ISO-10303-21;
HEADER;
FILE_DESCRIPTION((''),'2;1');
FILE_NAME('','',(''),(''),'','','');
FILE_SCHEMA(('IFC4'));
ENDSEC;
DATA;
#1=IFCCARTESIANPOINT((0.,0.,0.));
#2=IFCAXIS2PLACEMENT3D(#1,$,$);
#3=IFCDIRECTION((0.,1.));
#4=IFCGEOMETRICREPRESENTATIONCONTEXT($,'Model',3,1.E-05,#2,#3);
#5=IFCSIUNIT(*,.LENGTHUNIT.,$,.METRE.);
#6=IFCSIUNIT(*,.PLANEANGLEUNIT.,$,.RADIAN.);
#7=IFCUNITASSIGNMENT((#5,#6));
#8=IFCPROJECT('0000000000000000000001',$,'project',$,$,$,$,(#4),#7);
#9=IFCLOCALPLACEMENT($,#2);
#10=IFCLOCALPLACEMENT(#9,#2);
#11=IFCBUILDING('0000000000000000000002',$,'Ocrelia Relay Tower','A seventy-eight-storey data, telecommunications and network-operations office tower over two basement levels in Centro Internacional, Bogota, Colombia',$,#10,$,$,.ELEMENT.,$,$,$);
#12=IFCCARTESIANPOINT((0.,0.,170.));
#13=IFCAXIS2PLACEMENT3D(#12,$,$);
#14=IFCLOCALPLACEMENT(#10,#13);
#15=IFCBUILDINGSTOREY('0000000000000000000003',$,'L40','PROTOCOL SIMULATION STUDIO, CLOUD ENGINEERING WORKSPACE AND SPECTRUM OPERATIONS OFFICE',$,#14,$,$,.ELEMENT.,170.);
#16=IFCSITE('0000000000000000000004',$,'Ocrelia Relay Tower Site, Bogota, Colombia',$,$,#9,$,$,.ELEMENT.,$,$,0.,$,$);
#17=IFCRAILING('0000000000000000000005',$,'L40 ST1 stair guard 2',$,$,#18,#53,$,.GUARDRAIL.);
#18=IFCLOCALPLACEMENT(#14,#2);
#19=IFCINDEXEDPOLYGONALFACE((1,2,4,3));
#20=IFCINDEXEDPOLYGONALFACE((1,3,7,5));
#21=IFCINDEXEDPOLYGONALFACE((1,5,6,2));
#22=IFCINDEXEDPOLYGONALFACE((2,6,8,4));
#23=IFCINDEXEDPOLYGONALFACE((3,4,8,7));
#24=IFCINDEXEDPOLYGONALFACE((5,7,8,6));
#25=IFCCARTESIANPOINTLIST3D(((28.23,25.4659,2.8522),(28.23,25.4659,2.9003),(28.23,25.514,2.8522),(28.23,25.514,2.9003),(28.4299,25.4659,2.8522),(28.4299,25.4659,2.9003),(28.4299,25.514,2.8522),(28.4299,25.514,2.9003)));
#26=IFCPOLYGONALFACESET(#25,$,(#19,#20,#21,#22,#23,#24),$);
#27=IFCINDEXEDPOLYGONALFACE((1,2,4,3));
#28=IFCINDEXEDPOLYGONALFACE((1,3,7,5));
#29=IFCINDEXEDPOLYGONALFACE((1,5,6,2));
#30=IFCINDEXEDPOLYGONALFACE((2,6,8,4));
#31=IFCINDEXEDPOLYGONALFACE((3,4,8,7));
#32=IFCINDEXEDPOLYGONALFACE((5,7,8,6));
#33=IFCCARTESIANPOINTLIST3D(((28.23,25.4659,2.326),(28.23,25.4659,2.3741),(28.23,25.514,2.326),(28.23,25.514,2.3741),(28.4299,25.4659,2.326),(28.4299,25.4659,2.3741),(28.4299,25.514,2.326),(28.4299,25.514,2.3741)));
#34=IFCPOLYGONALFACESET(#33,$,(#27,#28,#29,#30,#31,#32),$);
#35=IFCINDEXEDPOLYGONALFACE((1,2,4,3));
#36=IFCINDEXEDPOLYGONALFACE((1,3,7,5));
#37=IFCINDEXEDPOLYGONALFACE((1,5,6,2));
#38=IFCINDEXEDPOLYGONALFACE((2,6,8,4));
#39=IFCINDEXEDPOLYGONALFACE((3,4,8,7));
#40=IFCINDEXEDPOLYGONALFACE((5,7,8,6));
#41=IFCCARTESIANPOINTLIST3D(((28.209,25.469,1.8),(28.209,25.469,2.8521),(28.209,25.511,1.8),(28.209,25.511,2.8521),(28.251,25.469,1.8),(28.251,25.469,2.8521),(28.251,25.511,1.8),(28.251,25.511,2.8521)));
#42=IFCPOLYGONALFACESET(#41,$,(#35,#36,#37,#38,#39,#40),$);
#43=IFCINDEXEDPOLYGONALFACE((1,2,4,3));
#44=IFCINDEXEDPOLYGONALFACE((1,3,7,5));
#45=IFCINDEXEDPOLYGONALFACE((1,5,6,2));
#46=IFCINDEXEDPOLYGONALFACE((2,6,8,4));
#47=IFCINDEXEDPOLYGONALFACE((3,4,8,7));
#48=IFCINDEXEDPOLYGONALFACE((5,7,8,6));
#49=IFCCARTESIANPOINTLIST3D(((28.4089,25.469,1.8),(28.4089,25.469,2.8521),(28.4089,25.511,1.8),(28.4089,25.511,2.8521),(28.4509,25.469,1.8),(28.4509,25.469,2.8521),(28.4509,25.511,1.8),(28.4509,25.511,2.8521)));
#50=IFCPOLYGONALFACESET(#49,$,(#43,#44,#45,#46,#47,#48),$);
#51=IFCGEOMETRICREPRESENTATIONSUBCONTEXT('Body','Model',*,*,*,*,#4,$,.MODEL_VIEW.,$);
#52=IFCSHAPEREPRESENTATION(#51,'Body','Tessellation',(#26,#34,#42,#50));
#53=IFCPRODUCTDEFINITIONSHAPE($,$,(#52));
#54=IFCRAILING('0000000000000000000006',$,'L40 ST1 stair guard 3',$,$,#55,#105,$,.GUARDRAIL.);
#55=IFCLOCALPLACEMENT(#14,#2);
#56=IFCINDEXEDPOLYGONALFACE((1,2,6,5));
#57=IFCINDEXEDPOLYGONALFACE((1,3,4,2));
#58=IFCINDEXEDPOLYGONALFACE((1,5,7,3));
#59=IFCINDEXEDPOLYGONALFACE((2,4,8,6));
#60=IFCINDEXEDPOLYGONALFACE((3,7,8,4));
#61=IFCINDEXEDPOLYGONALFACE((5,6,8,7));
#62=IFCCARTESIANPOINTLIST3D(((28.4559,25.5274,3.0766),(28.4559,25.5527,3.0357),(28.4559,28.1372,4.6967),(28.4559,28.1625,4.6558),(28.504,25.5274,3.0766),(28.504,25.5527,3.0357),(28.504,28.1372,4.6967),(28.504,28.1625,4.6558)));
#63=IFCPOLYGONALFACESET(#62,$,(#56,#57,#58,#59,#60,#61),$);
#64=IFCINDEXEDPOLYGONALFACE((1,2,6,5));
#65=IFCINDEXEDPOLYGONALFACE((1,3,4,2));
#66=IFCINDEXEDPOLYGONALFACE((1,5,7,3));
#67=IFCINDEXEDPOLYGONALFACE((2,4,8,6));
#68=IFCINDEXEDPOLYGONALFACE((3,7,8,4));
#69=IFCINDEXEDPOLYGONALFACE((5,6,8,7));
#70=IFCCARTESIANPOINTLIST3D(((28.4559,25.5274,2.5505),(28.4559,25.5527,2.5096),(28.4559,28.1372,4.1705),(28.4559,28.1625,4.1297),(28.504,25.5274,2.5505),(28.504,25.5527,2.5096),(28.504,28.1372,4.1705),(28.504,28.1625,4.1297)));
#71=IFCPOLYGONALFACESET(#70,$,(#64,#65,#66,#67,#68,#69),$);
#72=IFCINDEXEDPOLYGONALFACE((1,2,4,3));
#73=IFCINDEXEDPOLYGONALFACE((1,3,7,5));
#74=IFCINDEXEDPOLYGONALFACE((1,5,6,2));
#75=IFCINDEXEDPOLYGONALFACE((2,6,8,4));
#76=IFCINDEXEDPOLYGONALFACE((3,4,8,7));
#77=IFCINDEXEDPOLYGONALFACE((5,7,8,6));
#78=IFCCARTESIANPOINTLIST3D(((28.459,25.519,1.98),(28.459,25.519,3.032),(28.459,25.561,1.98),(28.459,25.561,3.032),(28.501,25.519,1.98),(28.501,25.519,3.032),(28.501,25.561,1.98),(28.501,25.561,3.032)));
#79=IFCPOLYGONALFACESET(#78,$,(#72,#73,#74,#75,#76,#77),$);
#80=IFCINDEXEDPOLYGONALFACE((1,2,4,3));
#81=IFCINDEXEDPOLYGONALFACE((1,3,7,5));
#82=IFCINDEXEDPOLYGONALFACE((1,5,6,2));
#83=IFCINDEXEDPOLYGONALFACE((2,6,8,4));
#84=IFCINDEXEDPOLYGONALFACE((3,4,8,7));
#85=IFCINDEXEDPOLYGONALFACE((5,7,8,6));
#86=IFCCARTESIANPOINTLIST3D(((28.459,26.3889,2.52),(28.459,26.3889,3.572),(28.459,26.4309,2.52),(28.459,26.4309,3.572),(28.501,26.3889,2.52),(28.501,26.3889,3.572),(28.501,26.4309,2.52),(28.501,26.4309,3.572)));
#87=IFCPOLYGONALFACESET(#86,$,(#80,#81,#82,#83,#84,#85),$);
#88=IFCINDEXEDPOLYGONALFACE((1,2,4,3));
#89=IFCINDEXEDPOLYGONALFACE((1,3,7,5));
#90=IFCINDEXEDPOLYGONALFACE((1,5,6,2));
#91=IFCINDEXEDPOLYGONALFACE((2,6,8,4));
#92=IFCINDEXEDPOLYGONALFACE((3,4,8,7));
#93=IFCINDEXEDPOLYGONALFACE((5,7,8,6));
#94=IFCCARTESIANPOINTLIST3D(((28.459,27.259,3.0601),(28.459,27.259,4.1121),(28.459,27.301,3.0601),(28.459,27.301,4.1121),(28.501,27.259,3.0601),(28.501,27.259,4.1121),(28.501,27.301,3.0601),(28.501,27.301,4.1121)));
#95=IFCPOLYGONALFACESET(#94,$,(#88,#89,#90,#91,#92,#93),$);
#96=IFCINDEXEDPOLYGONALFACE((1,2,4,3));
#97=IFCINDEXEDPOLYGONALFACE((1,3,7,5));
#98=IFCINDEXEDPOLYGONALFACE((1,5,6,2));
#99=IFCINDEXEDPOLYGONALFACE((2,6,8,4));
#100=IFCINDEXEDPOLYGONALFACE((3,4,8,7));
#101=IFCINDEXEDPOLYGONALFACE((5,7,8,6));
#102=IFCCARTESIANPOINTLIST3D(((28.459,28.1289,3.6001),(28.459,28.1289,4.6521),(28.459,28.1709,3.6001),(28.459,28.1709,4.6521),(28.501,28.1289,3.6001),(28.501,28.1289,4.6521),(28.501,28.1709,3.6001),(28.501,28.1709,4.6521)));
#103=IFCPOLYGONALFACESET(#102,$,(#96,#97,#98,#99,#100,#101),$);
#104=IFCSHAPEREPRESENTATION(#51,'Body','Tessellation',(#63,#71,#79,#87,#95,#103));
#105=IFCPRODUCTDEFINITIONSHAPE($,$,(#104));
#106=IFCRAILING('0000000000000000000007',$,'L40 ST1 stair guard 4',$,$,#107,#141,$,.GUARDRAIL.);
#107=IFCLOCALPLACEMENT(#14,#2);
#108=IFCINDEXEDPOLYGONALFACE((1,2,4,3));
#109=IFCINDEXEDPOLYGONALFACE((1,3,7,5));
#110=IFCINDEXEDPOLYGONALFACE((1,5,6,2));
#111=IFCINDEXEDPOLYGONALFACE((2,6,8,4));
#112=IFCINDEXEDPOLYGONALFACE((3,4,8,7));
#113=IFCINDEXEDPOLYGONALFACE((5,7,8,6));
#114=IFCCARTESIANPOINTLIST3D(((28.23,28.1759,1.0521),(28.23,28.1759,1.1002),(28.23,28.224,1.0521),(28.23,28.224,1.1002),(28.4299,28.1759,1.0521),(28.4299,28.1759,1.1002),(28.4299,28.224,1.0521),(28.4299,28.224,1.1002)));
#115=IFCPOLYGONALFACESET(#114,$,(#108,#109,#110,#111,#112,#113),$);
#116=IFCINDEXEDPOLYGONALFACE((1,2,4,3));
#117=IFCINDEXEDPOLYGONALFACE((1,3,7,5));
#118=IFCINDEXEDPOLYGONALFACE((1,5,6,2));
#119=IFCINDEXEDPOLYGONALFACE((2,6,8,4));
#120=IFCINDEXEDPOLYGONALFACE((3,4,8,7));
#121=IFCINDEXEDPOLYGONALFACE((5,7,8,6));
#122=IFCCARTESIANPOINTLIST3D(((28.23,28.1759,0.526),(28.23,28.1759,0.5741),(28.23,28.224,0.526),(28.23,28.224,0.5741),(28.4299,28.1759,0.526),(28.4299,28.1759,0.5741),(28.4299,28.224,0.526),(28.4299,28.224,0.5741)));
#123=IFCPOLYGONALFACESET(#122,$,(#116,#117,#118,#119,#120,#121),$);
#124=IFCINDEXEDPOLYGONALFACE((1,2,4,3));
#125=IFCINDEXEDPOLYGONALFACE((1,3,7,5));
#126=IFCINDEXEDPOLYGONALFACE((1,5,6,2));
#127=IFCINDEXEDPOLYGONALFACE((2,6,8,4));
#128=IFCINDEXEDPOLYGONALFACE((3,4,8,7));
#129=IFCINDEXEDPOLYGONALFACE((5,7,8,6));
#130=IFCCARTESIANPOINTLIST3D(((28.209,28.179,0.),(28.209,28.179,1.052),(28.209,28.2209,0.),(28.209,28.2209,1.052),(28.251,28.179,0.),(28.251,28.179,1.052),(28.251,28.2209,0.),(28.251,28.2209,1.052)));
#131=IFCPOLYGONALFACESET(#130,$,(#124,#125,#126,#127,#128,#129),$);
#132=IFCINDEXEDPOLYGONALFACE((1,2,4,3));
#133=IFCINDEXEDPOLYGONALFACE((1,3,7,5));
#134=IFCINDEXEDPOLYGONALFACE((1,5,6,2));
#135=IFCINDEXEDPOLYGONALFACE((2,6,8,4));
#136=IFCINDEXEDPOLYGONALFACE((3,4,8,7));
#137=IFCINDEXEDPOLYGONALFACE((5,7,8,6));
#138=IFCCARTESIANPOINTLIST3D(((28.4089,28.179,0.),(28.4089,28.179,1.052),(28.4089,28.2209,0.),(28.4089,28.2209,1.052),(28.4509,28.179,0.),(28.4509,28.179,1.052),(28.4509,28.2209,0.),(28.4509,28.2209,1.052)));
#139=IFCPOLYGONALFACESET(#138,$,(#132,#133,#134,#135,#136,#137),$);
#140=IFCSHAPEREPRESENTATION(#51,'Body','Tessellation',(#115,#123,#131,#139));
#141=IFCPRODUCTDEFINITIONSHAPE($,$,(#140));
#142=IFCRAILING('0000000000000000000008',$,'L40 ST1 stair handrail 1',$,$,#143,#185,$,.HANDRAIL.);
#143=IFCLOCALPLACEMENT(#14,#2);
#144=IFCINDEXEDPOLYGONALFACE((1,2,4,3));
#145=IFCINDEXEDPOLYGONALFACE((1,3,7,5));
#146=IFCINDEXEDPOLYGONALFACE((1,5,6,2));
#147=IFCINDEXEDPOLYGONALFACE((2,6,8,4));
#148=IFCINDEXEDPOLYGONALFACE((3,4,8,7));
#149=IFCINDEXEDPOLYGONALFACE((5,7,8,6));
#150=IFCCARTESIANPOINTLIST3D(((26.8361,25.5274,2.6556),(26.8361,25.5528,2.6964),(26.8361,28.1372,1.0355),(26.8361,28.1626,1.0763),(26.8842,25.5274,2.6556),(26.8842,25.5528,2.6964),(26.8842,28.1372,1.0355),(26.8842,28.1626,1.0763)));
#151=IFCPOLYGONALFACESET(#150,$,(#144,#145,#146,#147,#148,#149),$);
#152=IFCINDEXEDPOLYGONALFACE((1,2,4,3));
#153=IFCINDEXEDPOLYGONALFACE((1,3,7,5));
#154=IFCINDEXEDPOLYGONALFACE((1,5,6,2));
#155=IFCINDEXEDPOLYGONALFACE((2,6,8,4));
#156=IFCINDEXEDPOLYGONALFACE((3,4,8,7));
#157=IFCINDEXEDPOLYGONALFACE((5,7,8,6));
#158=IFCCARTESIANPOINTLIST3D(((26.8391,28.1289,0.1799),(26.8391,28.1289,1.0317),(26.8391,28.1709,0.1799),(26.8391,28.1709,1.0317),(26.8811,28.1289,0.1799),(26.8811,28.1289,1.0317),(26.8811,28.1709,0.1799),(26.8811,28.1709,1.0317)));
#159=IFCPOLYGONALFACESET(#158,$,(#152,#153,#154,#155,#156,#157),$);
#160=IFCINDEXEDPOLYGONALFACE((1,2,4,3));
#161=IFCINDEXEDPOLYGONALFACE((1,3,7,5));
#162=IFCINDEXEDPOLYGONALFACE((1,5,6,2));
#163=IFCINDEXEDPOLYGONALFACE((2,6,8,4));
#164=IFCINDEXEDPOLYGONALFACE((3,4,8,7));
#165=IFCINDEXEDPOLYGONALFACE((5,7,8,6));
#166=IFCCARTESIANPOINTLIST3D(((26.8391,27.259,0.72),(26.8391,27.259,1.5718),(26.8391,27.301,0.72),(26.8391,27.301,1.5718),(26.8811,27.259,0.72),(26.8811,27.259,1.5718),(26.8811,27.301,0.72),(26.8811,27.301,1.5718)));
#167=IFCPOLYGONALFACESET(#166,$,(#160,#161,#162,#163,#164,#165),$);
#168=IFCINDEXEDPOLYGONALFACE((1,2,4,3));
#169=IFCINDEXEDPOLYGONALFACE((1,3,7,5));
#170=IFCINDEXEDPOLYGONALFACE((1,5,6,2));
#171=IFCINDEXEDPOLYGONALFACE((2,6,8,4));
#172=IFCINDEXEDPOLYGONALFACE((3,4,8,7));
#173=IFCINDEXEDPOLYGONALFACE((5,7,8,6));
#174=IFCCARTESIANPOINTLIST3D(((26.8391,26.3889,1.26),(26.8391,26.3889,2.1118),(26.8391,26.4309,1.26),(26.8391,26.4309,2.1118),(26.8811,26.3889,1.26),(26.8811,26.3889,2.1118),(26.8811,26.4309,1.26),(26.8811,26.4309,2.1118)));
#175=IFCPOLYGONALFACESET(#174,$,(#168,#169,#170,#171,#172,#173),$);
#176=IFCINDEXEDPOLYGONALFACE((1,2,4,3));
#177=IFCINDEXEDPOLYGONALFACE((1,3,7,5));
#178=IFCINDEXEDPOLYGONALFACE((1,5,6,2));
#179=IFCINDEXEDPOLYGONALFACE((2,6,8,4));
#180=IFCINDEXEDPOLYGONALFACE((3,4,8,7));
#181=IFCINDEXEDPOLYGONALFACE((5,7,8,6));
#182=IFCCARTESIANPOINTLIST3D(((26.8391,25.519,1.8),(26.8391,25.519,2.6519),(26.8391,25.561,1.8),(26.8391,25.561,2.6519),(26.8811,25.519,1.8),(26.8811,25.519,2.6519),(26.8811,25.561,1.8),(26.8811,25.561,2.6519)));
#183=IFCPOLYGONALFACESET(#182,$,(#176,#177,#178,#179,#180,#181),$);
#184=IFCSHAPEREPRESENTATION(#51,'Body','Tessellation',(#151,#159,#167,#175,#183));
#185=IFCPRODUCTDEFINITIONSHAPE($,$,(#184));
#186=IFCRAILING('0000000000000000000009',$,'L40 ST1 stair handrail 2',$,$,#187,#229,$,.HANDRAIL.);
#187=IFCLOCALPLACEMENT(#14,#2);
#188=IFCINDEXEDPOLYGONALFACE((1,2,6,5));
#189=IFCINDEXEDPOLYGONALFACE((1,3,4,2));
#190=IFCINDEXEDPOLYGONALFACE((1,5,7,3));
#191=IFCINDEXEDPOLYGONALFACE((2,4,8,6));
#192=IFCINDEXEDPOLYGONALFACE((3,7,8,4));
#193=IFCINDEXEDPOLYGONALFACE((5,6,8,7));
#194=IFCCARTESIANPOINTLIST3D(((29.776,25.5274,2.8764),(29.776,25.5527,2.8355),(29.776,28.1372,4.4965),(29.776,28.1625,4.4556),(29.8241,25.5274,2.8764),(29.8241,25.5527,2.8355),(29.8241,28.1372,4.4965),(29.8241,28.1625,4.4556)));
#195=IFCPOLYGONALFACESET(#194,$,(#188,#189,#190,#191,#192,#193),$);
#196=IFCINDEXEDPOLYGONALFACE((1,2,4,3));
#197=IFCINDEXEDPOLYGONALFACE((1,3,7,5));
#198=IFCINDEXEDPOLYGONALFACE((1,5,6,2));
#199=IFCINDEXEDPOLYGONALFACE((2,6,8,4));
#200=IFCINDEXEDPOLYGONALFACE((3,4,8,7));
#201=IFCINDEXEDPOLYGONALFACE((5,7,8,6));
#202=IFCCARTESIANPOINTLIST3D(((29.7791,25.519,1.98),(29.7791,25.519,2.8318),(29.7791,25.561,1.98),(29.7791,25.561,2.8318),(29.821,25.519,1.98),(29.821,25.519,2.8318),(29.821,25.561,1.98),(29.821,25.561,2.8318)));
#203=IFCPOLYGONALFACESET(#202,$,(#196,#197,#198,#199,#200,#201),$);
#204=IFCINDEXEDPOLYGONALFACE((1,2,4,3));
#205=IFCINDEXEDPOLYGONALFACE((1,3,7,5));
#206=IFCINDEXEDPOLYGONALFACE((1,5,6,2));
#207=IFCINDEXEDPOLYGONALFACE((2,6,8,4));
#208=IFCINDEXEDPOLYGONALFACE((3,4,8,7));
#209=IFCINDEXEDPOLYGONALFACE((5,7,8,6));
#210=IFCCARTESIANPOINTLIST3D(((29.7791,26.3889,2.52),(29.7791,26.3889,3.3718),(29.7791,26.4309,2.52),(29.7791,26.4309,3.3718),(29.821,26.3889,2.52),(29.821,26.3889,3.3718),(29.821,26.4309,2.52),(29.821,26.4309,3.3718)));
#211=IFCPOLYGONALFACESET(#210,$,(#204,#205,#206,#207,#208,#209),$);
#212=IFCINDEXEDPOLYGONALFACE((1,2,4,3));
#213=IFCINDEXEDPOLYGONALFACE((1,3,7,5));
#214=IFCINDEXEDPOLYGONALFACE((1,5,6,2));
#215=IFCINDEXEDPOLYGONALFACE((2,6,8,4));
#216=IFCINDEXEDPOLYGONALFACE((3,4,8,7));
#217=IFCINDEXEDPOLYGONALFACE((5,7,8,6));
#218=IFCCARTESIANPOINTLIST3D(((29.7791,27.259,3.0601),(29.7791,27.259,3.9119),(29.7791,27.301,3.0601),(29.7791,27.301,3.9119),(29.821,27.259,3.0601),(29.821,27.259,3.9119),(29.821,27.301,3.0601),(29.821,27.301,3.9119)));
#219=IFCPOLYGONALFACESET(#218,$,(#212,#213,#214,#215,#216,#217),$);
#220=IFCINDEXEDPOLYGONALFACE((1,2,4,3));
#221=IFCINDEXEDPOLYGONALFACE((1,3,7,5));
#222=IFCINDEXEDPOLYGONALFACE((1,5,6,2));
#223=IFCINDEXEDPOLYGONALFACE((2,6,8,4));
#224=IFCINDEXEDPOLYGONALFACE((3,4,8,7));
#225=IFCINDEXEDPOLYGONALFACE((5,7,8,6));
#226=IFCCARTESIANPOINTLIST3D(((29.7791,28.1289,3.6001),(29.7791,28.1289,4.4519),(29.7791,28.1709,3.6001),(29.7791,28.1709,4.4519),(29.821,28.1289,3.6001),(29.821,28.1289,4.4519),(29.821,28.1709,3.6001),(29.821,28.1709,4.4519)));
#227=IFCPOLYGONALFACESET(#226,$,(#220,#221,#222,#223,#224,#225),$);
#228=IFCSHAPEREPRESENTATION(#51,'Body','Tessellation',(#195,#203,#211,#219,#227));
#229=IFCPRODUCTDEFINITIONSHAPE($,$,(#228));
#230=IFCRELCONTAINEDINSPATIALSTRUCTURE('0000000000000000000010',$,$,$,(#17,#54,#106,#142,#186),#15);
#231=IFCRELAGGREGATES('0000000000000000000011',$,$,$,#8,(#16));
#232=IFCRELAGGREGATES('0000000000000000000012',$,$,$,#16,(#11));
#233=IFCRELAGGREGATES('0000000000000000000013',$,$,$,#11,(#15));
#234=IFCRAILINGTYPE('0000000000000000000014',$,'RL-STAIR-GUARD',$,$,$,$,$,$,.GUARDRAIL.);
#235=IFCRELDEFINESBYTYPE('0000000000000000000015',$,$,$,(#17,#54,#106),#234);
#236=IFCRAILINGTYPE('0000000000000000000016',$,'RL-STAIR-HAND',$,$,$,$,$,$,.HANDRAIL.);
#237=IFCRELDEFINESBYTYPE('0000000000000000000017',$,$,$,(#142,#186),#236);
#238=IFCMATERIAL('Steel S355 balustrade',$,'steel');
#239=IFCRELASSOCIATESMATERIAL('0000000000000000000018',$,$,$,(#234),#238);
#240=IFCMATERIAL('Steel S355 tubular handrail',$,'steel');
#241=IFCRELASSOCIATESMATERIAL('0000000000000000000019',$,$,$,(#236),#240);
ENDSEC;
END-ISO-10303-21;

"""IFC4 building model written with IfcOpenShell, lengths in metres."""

from ifc_helpers import new_model, si_unit, direction, frame, origin, origin_2d, place, context, subcontext, project, spatial, rectangle, extrude, material, type_object, element, save


model = new_model("IFC4")

# Units and contexts
model_context = context("Model", 3, precision=1e-05, world=origin(), true_north=direction((0.0, 1.0)))
body_context = subcontext(model_context, "Body", "Model", "MODEL_VIEW")
ifc_project = project(units=[si_unit("LENGTHUNIT", "METRE"), si_unit("PLANEANGLEUNIT", "RADIAN")], contexts=[model_context])

# Site, building, storey
site_placement = place(None, origin())
site = spatial("IfcSite", under=ifc_project, at=site_placement, Name="Ocrelia Relay Tower Site, Bogota, Colombia", CompositionType="ELEMENT", RefElevation=0.0)
building_placement = place(site_placement, origin())
building = spatial("IfcBuilding", under=site, at=building_placement, Name="Ocrelia Relay Tower", Description="A seventy-eight-storey data, telecommunications and network-operations office tower over two basement levels in Centro Internacional, Bogota, Colombia", CompositionType="ELEMENT")
storey_placement = place(building_placement, frame((0.0, 0.0, 170.0)))
storey = spatial("IfcBuildingStorey", under=building, at=storey_placement, Name="L40", Description="PROTOCOL SIMULATION STUDIO, CLOUD ENGINEERING WORKSPACE AND SPECTRUM OPERATIONS OFFICE", CompositionType="ELEMENT", Elevation=170.0)

# Railings
ifc_material_1 = material(Name="Steel S355 balustrade", Category="steel")
railing_type_1 = type_object("IfcRailingType", Name="RL-STAIR-GUARD", PredefinedType="GUARDRAIL", material=ifc_material_1)
railing_1_placement = place(storey_placement, frame((28.23, 25.49, 1.8)))
element("IfcRailing", 1, at=railing_1_placement, inside=storey, type_object=railing_type_1, Name="L40 ST1 stair guard 2", PredefinedType="GUARDRAIL", context=body_context, shape_type="SweptSolid", body=[
    extrude(rectangle(XDim=0.0481, YDim=0.0481, at=origin_2d()), frame((0.0, 0.0, 1.0762), z_axis=(1.0, 0.0, 0.0), x_axis=(0.0, 1.0, 0.0)), (0.0, 0.0, 1.0), 0.2),
    extrude(rectangle(XDim=0.0481, YDim=0.0481, at=origin_2d()), frame((0.0, 0.0, 0.55), z_axis=(1.0, 0.0, 0.0), x_axis=(0.0, 1.0, 0.0)), (0.0, 0.0, 1.0), 0.2),
    extrude(rectangle(XDim=0.042, YDim=0.042, at=origin_2d()), origin(), (0.0, 0.0, 1.0), 1.052),
    extrude(rectangle(XDim=0.042, YDim=0.042, at=origin_2d()), frame((0.2, 0.0, 0.0)), (0.0, 0.0, 1.0), 1.052),
])
railing_2_placement = place(storey_placement, frame((28.48, 25.54, 1.98)))
element("IfcRailing", 2, at=railing_2_placement, inside=storey, type_object=railing_type_1, Name="L40 ST1 stair guard 3", PredefinedType="GUARDRAIL", context=body_context, shape_type="SweptSolid", body=[
    extrude(rectangle(XDim=0.0481, YDim=0.0481, at=origin_2d()), frame((0.0, 0.0, 1.0762), z_axis=(0.0, 0.849611, 0.52741), x_axis=(-1.0, 0.0, 0.0)), (0.0, 0.0, 1.0), 3.0718),
    extrude(rectangle(XDim=0.0481, YDim=0.0481, at=origin_2d()), frame((0.0, 0.0, 0.55), z_axis=(0.0, 0.849611, 0.52741), x_axis=(-1.0, 0.0, 0.0)), (0.0, 0.0, 1.0), 3.0718),
    extrude(rectangle(XDim=0.042, YDim=0.042, at=origin_2d()), origin(), (0.0, 0.0, 1.0), 1.052),
    extrude(rectangle(XDim=0.042, YDim=0.042, at=origin_2d()), frame((0.0, 0.8699, 0.54)), (0.0, 0.0, 1.0), 1.052),
    extrude(rectangle(XDim=0.042, YDim=0.042, at=origin_2d()), frame((0.0, 1.74, 1.0801)), (0.0, 0.0, 1.0), 1.052),
    extrude(rectangle(XDim=0.042, YDim=0.042, at=origin_2d()), frame((0.0, 2.6099, 1.6201)), (0.0, 0.0, 1.0), 1.052),
])
railing_3_placement = place(storey_placement, frame((28.23, 28.2, 0.0)))
element("IfcRailing", 3, at=railing_3_placement, inside=storey, type_object=railing_type_1, Name="L40 ST1 stair guard 4", PredefinedType="GUARDRAIL", context=body_context, shape_type="SweptSolid", body=[
    extrude(rectangle(XDim=0.0481, YDim=0.0481, at=origin_2d()), frame((0.0, 0.0, 1.0762), z_axis=(1.0, 0.0, 0.0), x_axis=(0.0, 1.0, 0.0)), (0.0, 0.0, 1.0), 0.2),
    extrude(rectangle(XDim=0.0481, YDim=0.0481, at=origin_2d()), frame((0.0, 0.0, 0.55), z_axis=(1.0, 0.0, 0.0), x_axis=(0.0, 1.0, 0.0)), (0.0, 0.0, 1.0), 0.2),
    extrude(rectangle(XDim=0.042, YDim=0.042, at=origin_2d()), origin(), (0.0, 0.0, 1.0), 1.052),
    extrude(rectangle(XDim=0.042, YDim=0.042, at=origin_2d()), frame((0.2, 0.0, 0.0)), (0.0, 0.0, 1.0), 1.052),
])
ifc_material_2 = material(Name="Steel S355 tubular handrail", Category="steel")
railing_type_2 = type_object("IfcRailingType", Name="RL-STAIR-HAND", PredefinedType="HANDRAIL", material=ifc_material_2)
railing_4_placement = place(storey_placement, frame((26.8601, 28.1499, 0.1799)))
element("IfcRailing", 4, at=railing_4_placement, inside=storey, type_object=railing_type_2, Name="L40 ST1 stair handrail 1", PredefinedType="HANDRAIL", context=body_context, shape_type="SweptSolid", body=[
    extrude(rectangle(XDim=0.0481, YDim=0.0481, at=origin_2d()), frame((0.0, 0.0, 0.876), z_axis=(0.0, -0.849611, 0.52741), x_axis=(1.0, 0.0, 0.0)), (0.0, 0.0, 1.0), 3.0718),
    extrude(rectangle(XDim=0.042, YDim=0.042, at=origin_2d()), origin(), (0.0, 0.0, 1.0), 0.8518),
    extrude(rectangle(XDim=0.042, YDim=0.042, at=origin_2d()), frame((0.0, -0.8699, 0.54)), (0.0, 0.0, 1.0), 0.8518),
    extrude(rectangle(XDim=0.042, YDim=0.042, at=origin_2d()), frame((0.0, -1.74, 1.0801)), (0.0, 0.0, 1.0), 0.8518),
    extrude(rectangle(XDim=0.042, YDim=0.042, at=origin_2d()), frame((0.0, -2.6099, 1.6201)), (0.0, 0.0, 1.0), 0.8518),
])
railing_5_placement = place(storey_placement, frame((29.8, 25.54, 1.98)))
element("IfcRailing", 5, at=railing_5_placement, inside=storey, type_object=railing_type_2, Name="L40 ST1 stair handrail 2", PredefinedType="HANDRAIL", context=body_context, shape_type="SweptSolid", body=[
    extrude(rectangle(XDim=0.0481, YDim=0.0481, at=origin_2d()), frame((0.0, 0.0, 0.876), z_axis=(0.0, 0.849611, 0.52741), x_axis=(-1.0, 0.0, 0.0)), (0.0, 0.0, 1.0), 3.0718),
    extrude(rectangle(XDim=0.042, YDim=0.042, at=origin_2d()), origin(), (0.0, 0.0, 1.0), 0.8518),
    extrude(rectangle(XDim=0.042, YDim=0.042, at=origin_2d()), frame((0.0, 0.8699, 0.54)), (0.0, 0.0, 1.0), 0.8518),
    extrude(rectangle(XDim=0.042, YDim=0.042, at=origin_2d()), frame((0.0, 1.74, 1.0801)), (0.0, 0.0, 1.0), 0.8518),
    extrude(rectangle(XDim=0.042, YDim=0.042, at=origin_2d()), frame((0.0, 2.6099, 1.6201)), (0.0, 0.0, 1.0), 0.8518),
])

save(model, "model.ifc")
